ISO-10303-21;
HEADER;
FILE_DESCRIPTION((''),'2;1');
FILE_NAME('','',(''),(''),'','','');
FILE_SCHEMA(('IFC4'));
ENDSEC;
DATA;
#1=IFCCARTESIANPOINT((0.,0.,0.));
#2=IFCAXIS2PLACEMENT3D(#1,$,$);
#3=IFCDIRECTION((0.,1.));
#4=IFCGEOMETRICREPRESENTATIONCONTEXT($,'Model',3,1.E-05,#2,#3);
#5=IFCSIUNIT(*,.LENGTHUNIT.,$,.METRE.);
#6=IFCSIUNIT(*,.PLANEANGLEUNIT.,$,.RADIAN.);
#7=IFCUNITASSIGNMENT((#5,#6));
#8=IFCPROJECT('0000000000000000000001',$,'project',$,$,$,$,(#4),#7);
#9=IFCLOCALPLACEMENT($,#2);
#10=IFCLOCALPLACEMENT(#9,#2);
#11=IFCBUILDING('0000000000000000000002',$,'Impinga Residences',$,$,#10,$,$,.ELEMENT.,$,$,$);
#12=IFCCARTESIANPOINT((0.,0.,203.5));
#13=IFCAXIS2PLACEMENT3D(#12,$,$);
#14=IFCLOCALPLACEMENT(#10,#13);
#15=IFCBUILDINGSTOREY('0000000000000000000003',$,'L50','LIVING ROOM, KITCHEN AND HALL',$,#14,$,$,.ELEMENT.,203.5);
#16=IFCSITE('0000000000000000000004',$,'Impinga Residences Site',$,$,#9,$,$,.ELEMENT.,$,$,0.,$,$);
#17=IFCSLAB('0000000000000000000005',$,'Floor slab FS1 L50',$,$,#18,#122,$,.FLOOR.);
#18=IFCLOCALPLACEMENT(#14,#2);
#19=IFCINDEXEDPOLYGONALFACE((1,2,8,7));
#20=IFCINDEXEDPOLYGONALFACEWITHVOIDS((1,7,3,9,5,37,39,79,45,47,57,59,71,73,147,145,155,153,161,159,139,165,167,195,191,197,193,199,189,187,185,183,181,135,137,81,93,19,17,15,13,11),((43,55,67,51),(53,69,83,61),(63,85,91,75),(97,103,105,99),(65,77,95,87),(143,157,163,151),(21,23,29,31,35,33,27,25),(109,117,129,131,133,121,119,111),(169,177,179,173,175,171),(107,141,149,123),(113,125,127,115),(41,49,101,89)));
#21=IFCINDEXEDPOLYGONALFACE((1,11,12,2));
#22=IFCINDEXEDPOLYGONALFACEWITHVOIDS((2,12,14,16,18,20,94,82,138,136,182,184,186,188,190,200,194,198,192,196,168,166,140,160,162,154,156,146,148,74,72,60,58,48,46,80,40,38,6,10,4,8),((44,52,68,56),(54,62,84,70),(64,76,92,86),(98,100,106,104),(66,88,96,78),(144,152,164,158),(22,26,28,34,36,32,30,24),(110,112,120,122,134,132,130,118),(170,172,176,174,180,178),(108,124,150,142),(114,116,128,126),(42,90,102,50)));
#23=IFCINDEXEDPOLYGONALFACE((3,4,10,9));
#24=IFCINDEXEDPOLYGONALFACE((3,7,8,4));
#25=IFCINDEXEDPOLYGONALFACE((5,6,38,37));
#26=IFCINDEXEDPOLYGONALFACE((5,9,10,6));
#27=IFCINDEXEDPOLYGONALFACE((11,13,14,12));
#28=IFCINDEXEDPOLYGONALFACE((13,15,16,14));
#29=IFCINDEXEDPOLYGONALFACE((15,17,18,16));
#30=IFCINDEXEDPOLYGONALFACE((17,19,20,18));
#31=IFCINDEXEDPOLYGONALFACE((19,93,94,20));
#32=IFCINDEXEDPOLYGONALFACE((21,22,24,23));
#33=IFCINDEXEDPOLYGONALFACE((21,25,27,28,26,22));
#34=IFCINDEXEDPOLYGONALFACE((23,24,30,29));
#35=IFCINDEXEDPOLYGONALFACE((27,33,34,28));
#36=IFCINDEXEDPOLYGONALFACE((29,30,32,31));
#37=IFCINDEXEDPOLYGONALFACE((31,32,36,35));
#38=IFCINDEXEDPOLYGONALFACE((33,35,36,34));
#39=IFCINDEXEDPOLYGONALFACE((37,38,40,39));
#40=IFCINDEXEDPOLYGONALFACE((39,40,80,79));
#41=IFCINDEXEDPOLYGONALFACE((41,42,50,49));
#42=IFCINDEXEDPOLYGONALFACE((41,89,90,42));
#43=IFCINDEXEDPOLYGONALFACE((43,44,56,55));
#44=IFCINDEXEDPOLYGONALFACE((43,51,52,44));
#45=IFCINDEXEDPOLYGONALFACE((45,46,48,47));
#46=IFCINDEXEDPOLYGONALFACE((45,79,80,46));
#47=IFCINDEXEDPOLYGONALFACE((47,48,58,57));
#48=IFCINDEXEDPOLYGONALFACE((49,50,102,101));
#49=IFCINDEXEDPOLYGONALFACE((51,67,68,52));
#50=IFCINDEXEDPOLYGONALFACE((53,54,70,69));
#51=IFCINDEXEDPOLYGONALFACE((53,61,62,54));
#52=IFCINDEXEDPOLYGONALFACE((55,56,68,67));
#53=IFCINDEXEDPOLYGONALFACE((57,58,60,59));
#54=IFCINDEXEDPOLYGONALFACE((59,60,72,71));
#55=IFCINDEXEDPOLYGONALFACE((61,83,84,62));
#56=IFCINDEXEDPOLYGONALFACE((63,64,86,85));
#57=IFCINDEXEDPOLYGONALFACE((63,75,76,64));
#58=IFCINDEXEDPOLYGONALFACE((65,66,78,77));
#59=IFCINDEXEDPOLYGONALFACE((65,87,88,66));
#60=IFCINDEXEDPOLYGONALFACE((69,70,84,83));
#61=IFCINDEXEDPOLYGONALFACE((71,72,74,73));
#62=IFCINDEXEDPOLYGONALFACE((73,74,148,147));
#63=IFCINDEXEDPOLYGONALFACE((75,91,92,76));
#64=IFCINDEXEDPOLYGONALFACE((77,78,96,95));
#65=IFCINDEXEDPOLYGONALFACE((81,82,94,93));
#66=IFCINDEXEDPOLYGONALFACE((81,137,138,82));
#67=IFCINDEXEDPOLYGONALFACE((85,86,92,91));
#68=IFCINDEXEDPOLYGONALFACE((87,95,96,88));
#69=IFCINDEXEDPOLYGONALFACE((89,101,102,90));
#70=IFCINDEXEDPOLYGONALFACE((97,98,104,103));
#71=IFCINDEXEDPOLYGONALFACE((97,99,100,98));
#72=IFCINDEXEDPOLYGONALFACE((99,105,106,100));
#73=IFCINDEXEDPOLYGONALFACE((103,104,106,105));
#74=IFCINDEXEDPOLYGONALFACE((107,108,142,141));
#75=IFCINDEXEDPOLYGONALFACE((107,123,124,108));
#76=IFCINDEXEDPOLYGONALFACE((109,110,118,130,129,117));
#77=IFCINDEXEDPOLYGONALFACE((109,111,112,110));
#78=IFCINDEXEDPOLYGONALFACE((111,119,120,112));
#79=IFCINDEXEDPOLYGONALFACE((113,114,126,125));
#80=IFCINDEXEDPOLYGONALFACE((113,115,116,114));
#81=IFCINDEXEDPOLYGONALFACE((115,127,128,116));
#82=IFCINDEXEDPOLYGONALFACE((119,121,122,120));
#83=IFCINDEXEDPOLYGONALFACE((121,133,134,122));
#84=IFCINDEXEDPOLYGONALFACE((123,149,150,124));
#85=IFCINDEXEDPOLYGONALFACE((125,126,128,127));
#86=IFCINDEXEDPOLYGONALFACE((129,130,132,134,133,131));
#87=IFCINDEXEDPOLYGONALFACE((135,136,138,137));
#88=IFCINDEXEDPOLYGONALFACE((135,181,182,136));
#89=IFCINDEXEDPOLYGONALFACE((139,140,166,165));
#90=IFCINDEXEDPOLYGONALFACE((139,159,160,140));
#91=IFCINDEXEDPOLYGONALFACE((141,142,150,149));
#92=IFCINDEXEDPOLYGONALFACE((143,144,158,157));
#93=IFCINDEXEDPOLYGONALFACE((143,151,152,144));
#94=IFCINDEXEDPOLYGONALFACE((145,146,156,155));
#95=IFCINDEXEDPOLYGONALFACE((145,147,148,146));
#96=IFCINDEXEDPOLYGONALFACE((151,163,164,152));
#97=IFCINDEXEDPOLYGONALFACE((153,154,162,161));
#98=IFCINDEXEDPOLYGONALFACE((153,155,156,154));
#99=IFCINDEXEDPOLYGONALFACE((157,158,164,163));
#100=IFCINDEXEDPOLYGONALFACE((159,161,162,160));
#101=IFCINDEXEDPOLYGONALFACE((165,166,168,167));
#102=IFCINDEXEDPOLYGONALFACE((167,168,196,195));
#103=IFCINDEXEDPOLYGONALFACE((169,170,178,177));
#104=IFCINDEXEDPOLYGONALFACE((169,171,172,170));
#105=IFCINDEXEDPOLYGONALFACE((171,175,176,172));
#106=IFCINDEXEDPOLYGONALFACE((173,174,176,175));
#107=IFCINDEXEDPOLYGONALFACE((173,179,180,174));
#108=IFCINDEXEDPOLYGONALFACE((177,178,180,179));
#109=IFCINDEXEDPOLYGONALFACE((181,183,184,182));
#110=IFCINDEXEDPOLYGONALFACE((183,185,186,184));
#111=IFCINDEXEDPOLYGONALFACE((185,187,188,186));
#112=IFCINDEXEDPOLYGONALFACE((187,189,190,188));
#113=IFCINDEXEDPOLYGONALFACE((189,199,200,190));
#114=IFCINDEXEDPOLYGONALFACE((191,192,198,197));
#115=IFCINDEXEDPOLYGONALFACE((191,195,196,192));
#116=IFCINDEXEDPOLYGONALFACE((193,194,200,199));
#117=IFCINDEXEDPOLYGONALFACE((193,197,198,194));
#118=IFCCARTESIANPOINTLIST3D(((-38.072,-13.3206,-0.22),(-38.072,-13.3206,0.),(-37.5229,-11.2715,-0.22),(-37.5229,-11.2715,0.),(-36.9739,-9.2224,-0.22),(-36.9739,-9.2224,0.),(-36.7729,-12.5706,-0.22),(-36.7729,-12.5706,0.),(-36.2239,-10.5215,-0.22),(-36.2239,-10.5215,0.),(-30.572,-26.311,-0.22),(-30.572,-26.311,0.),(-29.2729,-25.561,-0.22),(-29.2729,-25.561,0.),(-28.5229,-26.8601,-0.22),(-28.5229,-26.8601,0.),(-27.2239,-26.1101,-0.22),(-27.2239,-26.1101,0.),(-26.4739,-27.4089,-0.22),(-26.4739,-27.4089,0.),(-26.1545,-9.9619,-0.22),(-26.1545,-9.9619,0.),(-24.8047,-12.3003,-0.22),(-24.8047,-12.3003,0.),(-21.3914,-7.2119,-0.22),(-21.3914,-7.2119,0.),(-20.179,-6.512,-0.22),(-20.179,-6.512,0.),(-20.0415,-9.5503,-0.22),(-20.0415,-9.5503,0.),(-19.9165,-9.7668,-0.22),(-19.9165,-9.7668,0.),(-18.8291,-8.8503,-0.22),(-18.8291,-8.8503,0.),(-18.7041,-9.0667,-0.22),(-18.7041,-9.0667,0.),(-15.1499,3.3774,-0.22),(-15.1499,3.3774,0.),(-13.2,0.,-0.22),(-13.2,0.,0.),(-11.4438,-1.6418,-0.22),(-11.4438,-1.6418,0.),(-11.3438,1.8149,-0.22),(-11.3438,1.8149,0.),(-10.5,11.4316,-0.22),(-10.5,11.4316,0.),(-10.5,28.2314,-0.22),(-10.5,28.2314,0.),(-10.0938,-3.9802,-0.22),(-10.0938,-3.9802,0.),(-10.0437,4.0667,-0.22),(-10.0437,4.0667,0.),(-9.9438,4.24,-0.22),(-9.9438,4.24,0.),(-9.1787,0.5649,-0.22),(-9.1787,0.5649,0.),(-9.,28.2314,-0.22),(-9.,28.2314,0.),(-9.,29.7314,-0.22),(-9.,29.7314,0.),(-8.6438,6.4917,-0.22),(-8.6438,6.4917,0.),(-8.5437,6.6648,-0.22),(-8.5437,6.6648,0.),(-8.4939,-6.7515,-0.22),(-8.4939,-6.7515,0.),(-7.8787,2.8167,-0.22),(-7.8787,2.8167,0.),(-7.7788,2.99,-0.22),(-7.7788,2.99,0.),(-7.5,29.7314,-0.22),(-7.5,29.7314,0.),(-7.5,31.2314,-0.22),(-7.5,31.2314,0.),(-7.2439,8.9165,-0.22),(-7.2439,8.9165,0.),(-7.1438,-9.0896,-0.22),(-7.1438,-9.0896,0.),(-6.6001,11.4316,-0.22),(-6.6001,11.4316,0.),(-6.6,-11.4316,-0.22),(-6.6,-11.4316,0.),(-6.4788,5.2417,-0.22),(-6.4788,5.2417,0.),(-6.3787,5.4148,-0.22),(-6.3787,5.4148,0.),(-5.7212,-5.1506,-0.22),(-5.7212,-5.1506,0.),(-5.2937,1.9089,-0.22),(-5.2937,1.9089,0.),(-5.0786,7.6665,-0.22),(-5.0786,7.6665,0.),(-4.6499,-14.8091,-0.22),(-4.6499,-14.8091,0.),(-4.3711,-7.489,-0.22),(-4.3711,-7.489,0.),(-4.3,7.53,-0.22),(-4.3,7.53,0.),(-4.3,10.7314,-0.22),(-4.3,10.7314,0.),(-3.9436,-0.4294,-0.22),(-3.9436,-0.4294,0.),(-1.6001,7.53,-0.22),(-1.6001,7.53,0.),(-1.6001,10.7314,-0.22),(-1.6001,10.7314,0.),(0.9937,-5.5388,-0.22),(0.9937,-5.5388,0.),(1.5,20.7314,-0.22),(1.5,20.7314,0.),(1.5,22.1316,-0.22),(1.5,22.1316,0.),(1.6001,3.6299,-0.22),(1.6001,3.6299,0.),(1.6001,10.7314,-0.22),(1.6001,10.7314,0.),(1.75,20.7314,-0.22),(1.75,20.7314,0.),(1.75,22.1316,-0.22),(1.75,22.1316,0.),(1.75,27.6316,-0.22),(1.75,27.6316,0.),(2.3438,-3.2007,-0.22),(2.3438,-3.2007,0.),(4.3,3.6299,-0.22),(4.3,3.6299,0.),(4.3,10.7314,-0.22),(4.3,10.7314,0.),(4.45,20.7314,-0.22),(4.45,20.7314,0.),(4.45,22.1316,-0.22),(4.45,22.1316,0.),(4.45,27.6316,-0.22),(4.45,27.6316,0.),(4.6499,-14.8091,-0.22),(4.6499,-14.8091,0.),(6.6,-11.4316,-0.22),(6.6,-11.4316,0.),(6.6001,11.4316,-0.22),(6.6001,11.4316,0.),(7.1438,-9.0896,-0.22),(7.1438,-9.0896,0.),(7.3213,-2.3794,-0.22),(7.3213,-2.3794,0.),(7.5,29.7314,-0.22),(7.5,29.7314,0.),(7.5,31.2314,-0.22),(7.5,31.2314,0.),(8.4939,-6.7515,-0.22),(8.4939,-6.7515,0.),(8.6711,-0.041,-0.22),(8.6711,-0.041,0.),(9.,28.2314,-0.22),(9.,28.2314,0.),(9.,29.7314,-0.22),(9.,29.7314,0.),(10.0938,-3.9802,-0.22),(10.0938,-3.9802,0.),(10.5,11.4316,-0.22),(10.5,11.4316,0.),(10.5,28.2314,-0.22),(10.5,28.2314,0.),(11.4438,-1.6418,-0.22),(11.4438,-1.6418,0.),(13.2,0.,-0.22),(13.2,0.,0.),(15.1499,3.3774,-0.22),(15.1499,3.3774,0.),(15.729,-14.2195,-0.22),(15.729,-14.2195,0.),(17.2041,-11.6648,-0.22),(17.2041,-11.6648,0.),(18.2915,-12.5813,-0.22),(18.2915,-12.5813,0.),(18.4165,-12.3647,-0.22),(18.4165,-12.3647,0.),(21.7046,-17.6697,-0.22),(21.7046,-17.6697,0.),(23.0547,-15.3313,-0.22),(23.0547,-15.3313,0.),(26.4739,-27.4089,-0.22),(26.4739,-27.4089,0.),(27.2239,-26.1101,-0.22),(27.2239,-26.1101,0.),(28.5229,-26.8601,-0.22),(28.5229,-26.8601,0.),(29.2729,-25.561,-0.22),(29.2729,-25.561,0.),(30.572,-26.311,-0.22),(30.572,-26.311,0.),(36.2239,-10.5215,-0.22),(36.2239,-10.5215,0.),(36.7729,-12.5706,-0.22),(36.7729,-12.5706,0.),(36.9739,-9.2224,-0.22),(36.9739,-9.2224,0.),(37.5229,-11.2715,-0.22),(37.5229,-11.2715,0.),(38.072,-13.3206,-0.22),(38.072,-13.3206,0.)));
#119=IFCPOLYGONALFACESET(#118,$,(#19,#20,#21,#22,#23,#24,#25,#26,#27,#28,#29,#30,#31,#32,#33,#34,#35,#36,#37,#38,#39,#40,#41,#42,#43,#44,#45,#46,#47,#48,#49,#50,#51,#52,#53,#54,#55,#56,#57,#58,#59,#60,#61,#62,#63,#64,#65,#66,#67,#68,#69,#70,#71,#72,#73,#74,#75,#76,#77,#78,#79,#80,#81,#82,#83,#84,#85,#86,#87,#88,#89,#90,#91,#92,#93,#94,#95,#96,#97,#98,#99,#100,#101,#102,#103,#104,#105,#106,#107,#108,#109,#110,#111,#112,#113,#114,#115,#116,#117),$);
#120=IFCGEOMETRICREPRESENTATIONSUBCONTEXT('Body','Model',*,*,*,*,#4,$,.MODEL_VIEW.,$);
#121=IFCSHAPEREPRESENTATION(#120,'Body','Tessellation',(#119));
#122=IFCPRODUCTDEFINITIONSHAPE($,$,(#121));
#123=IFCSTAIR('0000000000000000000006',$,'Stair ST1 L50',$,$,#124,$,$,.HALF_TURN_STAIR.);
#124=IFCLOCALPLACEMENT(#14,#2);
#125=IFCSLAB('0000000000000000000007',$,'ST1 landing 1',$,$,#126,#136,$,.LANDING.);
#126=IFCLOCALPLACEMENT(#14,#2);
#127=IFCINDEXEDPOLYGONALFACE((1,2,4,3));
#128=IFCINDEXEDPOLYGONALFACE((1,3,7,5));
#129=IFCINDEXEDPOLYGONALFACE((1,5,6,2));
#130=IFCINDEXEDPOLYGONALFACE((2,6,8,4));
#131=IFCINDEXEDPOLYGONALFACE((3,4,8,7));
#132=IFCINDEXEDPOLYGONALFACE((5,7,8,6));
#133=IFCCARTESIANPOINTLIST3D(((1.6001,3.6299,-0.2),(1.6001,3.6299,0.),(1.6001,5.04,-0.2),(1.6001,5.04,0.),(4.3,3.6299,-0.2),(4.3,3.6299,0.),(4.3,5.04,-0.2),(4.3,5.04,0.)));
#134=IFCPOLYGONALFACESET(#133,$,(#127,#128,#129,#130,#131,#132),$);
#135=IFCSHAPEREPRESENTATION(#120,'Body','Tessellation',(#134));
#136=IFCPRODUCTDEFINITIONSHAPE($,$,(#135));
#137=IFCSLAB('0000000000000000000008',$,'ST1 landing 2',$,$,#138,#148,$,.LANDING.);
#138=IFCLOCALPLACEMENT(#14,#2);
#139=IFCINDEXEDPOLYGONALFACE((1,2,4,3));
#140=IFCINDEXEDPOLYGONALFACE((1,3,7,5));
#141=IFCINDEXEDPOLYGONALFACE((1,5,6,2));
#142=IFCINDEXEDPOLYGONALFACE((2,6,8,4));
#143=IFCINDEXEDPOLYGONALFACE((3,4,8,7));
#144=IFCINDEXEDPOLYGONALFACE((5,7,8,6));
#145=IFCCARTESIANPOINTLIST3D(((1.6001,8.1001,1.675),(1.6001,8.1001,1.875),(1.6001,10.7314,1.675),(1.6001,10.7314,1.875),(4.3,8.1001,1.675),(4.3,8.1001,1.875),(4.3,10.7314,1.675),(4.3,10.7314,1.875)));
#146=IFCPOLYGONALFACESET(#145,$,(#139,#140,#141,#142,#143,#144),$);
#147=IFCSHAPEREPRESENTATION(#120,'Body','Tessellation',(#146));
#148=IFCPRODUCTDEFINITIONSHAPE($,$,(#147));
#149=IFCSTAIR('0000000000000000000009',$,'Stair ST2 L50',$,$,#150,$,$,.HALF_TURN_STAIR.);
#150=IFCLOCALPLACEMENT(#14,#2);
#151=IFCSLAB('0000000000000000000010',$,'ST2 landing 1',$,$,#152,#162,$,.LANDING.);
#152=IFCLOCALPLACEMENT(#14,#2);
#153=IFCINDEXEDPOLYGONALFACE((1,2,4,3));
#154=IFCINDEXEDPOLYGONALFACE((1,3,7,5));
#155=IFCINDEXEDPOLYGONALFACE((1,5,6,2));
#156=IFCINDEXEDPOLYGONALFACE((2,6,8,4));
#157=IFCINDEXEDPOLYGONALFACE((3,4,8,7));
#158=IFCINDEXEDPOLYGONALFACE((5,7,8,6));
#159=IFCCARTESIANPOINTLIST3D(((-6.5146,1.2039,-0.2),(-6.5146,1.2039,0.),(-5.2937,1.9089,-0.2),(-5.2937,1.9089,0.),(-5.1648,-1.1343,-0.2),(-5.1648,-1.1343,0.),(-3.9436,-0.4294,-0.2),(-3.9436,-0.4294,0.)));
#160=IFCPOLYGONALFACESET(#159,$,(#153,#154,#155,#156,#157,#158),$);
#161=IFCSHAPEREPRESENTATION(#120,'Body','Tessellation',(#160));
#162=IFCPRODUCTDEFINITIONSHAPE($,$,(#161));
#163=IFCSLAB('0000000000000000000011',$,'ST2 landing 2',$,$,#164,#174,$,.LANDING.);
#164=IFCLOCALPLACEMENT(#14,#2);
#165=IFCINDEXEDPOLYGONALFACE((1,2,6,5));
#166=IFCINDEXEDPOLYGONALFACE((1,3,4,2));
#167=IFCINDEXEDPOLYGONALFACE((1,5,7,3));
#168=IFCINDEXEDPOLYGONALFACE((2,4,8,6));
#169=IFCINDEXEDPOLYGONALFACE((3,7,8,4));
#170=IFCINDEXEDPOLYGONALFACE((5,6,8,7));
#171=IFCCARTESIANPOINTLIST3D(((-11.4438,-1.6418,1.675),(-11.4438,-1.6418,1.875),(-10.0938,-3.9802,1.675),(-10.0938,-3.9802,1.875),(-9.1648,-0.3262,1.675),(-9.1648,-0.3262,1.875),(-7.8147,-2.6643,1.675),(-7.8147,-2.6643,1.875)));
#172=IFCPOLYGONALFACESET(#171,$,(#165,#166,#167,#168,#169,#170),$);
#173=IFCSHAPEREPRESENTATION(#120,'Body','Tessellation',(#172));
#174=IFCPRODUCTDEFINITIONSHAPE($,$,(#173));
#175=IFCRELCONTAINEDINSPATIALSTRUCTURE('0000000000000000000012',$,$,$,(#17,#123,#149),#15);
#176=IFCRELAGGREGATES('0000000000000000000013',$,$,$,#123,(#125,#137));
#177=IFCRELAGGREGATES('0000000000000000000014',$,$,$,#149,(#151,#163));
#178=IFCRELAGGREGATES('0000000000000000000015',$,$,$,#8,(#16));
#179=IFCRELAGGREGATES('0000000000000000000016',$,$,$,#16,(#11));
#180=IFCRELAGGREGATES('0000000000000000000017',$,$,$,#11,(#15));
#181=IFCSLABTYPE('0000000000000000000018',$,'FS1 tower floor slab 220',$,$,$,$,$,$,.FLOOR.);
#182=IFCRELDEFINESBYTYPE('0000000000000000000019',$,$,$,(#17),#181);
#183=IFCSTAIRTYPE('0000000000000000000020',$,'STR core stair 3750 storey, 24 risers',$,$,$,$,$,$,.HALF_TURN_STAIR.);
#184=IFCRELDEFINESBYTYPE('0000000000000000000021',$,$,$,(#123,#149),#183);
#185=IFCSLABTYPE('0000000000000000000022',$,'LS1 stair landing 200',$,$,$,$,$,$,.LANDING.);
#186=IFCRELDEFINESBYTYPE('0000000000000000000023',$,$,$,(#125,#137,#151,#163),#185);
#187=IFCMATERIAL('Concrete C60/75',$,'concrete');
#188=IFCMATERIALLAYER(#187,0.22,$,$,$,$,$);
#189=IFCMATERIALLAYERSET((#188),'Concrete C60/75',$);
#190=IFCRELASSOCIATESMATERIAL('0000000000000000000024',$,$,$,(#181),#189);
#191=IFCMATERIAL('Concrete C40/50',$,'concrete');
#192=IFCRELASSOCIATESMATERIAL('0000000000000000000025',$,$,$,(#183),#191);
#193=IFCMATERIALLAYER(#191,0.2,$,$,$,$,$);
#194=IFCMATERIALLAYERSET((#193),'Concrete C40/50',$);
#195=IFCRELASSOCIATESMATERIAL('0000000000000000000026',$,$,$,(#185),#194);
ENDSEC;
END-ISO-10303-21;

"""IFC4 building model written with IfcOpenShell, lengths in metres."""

from ifc_helpers import new_model, si_unit, direction, frame, origin, place, context, subcontext, project, spatial, polyline, outline, extrude, material, layer, layer_set, type_object, element, aggregate, save


model = new_model("IFC4")

# Units and contexts
model_context = context("Model", 3, precision=1e-05, world=origin(), true_north=direction((0.0, 1.0)))
body_context = subcontext(model_context, "Body", "Model", "MODEL_VIEW")
ifc_project = project(units=[si_unit("LENGTHUNIT", "METRE"), si_unit("PLANEANGLEUNIT", "RADIAN")], contexts=[model_context])

# Site, building, storey
site_placement = place(None, origin())
site = spatial("IfcSite", under=ifc_project, at=site_placement, Name="Impinga Residences Site", CompositionType="ELEMENT", RefElevation=0.0)
building_placement = place(site_placement, origin())
building = spatial("IfcBuilding", under=site, at=building_placement, Name="Impinga Residences", CompositionType="ELEMENT")
storey_placement = place(building_placement, frame((0.0, 0.0, 203.5)))
storey = spatial("IfcBuildingStorey", under=building, at=storey_placement, Name="L50", Description="LIVING ROOM, KITCHEN AND HALL", CompositionType="ELEMENT", Elevation=203.5)

# Slab
ifc_material_1 = material(Name="Concrete C60/75", Category="concrete")
ifc_layer_1 = layer(ifc_material_1, 0.22)
ifc_layer_set_1 = layer_set([ifc_layer_1], Name="Concrete C60/75")
slab_type_1 = type_object("IfcSlabType", Name="FS1 tower floor slab 220", PredefinedType="FLOOR", material=ifc_layer_set_1)
slab_1_placement = place(storey_placement, frame((0.0, 0.0, -0.22)))
element("IfcSlab", 1, at=slab_1_placement, inside=storey, type_object=slab_type_1, Name="Floor slab FS1 L50", PredefinedType="FLOOR", context=body_context, shape_type="SweptSolid", body=[
    extrude(outline(polyline([(-27.2239, -26.1101), (-28.5229, -26.8601), (-29.2729, -25.561), (-30.572, -26.311), (-38.072, -13.3206), (-36.7729, -12.5706), (-37.5229, -11.2715), (-36.2239, -10.5215), (-36.9739, -9.2224), (-15.1499, 3.3774), (-13.2, 0.0), (-6.6001, 11.4316), (-10.5, 11.4316), (-10.5, 28.2314), (-9.0, 28.2314), (-9.0, 29.7314), (-7.5, 29.7314), (-7.5, 31.2314), (7.5, 31.2314), (7.5, 29.7314), (9.0, 29.7314), (9.0, 28.2314), (10.5, 28.2314), (10.5, 11.4316), (6.6001, 11.4316), (13.2, 0.0), (15.1499, 3.3774), (36.9739, -9.2224), (36.2239, -10.5215), (37.5229, -11.2715), (36.7729, -12.5706), (38.072, -13.3206), (30.572, -26.311), (29.2729, -25.561), (28.5229, -26.8601), (27.2239, -26.1101), (26.4739, -27.4089), (4.6499, -14.8091), (9.9001, -5.7158), (6.6001, -11.4316), (-6.6001, -11.4316), (-9.9001, -5.7158), (-4.6499, -14.8091), (-26.4739, -27.4089), (-27.2239, -26.1101)]), holes=[polyline([(-18.7041, -9.0667), (-18.8291, -8.8503), (-18.8291, -8.8503), (-20.179, -6.512), (-21.3914, -7.2119), (-21.3914, -7.2119), (-26.1545, -9.9619), (-24.8047, -12.3003), (-20.0415, -9.5503), (-19.9165, -9.7668), (-18.7041, -9.0667)]), polyline([(-5.7212, -5.1506), (-8.4939, -6.7515), (-7.1438, -9.0896), (-4.3711, -7.489), (-5.7212, -5.1506)]), polyline([(-5.2937, 1.9089), (-11.4438, -1.6418), (-10.0938, -3.9802), (-3.9436, -0.4294), (-5.2937, 1.9089)]), polyline([(-7.8787, 2.8167), (-10.0437, 4.0667), (-11.3438, 1.8149), (-9.1787, 0.5649), (-7.8787, 2.8167)]), polyline([(-6.4788, 5.2417), (-8.6438, 6.4917), (-9.9438, 4.24), (-7.7788, 2.99), (-6.4788, 5.2417)]), polyline([(-6.3787, 5.4148), (-5.0786, 7.6665), (-7.2439, 8.9165), (-8.5437, 6.6648), (-6.3787, 5.4148)]), polyline([(-4.3, 7.53), (-1.6001, 7.53), (-1.6001, 10.7314), (-4.3, 10.7314), (-4.3, 7.53)]), polyline([(15.729, -14.2195), (21.7046, -17.6697), (23.0547, -15.3313), (18.2915, -12.5813), (18.4165, -12.3647), (17.2041, -11.6648), (15.729, -14.2195)]), polyline([(0.9937, -5.5388), (7.1438, -9.0896), (8.4939, -6.7515), (2.3438, -3.2007), (0.9937, -5.5388)]), polyline([(7.3213, -2.3794), (10.0938, -3.9802), (11.4438, -1.6418), (8.6711, -0.041), (7.3213, -2.3794)]), polyline([(4.3, 3.6299), (4.3, 10.7314), (1.6001, 10.7314), (1.6001, 3.6299), (4.3, 3.6299)]), polyline([(1.75, 22.1316), (1.5, 22.1316), (1.5, 20.7314), (1.75, 20.7314), (4.45, 20.7314), (4.45, 22.1316), (4.45, 27.6316), (1.75, 27.6316), (1.75, 22.1316)])]), origin(), (0.0, 0.0, 1.0), 0.22),
])

# Stairs, slabs
ifc_material_2 = material(Name="Concrete C40/50", Category="concrete")
stair_type_1 = type_object("IfcStairType", Name="STR core stair 3750 storey, 24 risers", PredefinedType="HALF_TURN_STAIR", material=ifc_material_2)
stair_1_placement = place(storey_placement, origin())
stair_1 = element("IfcStair", 2, at=stair_1_placement, inside=storey, type_object=stair_type_1, Name="Stair ST1 L50", PredefinedType="HALF_TURN_STAIR")
ifc_layer_2 = layer(ifc_material_2, 0.2)
ifc_layer_set_2 = layer_set([ifc_layer_2], Name="Concrete C40/50")
slab_type_2 = type_object("IfcSlabType", Name="LS1 stair landing 200", PredefinedType="LANDING", material=ifc_layer_set_2)
slab_2_placement = place(storey_placement, frame((0.0, 0.0, -0.2)))
slab_2 = element("IfcSlab", 3, at=slab_2_placement, type_object=slab_type_2, Name="ST1 landing 1", PredefinedType="LANDING", context=body_context, shape_type="SweptSolid", body=[
    extrude(outline(polyline([(1.6001, 3.6299), (4.3, 3.6299), (4.3, 5.04), (1.6001, 5.04), (1.6001, 3.6299)])), origin(), (0.0, 0.0, 1.0), 0.2),
])
slab_3_placement = place(storey_placement, frame((0.0, 0.0, 1.675)))
slab_3 = element("IfcSlab", 4, at=slab_3_placement, type_object=slab_type_2, Name="ST1 landing 2", PredefinedType="LANDING", context=body_context, shape_type="SweptSolid", body=[
    extrude(outline(polyline([(1.6001, 8.1001), (4.3, 8.1001), (4.3, 10.7314), (1.6001, 10.7314), (1.6001, 8.1001)])), origin(), (0.0, 0.0, 1.0), 0.2),
])
aggregate(stair_1, [slab_2, slab_3])
stair_2_placement = place(storey_placement, origin())
stair_2 = element("IfcStair", 5, at=stair_2_placement, inside=storey, type_object=stair_type_1, Name="Stair ST2 L50", PredefinedType="HALF_TURN_STAIR")
slab_4_placement = place(storey_placement, frame((0.0, 0.0, -0.2)))
slab_4 = element("IfcSlab", 6, at=slab_4_placement, type_object=slab_type_2, Name="ST2 landing 1", PredefinedType="LANDING", context=body_context, shape_type="SweptSolid", body=[
    extrude(outline(polyline([(-3.9436, -0.4294), (-5.2937, 1.9089), (-6.5146, 1.2039), (-5.1648, -1.1343), (-3.9436, -0.4294)])), origin(), (0.0, 0.0, 1.0), 0.2),
])
slab_5_placement = place(storey_placement, frame((0.0, 0.0, 1.675)))
slab_5 = element("IfcSlab", 7, at=slab_5_placement, type_object=slab_type_2, Name="ST2 landing 2", PredefinedType="LANDING", context=body_context, shape_type="SweptSolid", body=[
    extrude(outline(polyline([(-7.8147, -2.6643), (-9.1648, -0.3262), (-11.4438, -1.6418), (-10.0938, -3.9802), (-7.8147, -2.6643)])), origin(), (0.0, 0.0, 1.0), 0.2),
])

aggregate(stair_2, [slab_4, slab_5])

save(model, "model.ifc")
